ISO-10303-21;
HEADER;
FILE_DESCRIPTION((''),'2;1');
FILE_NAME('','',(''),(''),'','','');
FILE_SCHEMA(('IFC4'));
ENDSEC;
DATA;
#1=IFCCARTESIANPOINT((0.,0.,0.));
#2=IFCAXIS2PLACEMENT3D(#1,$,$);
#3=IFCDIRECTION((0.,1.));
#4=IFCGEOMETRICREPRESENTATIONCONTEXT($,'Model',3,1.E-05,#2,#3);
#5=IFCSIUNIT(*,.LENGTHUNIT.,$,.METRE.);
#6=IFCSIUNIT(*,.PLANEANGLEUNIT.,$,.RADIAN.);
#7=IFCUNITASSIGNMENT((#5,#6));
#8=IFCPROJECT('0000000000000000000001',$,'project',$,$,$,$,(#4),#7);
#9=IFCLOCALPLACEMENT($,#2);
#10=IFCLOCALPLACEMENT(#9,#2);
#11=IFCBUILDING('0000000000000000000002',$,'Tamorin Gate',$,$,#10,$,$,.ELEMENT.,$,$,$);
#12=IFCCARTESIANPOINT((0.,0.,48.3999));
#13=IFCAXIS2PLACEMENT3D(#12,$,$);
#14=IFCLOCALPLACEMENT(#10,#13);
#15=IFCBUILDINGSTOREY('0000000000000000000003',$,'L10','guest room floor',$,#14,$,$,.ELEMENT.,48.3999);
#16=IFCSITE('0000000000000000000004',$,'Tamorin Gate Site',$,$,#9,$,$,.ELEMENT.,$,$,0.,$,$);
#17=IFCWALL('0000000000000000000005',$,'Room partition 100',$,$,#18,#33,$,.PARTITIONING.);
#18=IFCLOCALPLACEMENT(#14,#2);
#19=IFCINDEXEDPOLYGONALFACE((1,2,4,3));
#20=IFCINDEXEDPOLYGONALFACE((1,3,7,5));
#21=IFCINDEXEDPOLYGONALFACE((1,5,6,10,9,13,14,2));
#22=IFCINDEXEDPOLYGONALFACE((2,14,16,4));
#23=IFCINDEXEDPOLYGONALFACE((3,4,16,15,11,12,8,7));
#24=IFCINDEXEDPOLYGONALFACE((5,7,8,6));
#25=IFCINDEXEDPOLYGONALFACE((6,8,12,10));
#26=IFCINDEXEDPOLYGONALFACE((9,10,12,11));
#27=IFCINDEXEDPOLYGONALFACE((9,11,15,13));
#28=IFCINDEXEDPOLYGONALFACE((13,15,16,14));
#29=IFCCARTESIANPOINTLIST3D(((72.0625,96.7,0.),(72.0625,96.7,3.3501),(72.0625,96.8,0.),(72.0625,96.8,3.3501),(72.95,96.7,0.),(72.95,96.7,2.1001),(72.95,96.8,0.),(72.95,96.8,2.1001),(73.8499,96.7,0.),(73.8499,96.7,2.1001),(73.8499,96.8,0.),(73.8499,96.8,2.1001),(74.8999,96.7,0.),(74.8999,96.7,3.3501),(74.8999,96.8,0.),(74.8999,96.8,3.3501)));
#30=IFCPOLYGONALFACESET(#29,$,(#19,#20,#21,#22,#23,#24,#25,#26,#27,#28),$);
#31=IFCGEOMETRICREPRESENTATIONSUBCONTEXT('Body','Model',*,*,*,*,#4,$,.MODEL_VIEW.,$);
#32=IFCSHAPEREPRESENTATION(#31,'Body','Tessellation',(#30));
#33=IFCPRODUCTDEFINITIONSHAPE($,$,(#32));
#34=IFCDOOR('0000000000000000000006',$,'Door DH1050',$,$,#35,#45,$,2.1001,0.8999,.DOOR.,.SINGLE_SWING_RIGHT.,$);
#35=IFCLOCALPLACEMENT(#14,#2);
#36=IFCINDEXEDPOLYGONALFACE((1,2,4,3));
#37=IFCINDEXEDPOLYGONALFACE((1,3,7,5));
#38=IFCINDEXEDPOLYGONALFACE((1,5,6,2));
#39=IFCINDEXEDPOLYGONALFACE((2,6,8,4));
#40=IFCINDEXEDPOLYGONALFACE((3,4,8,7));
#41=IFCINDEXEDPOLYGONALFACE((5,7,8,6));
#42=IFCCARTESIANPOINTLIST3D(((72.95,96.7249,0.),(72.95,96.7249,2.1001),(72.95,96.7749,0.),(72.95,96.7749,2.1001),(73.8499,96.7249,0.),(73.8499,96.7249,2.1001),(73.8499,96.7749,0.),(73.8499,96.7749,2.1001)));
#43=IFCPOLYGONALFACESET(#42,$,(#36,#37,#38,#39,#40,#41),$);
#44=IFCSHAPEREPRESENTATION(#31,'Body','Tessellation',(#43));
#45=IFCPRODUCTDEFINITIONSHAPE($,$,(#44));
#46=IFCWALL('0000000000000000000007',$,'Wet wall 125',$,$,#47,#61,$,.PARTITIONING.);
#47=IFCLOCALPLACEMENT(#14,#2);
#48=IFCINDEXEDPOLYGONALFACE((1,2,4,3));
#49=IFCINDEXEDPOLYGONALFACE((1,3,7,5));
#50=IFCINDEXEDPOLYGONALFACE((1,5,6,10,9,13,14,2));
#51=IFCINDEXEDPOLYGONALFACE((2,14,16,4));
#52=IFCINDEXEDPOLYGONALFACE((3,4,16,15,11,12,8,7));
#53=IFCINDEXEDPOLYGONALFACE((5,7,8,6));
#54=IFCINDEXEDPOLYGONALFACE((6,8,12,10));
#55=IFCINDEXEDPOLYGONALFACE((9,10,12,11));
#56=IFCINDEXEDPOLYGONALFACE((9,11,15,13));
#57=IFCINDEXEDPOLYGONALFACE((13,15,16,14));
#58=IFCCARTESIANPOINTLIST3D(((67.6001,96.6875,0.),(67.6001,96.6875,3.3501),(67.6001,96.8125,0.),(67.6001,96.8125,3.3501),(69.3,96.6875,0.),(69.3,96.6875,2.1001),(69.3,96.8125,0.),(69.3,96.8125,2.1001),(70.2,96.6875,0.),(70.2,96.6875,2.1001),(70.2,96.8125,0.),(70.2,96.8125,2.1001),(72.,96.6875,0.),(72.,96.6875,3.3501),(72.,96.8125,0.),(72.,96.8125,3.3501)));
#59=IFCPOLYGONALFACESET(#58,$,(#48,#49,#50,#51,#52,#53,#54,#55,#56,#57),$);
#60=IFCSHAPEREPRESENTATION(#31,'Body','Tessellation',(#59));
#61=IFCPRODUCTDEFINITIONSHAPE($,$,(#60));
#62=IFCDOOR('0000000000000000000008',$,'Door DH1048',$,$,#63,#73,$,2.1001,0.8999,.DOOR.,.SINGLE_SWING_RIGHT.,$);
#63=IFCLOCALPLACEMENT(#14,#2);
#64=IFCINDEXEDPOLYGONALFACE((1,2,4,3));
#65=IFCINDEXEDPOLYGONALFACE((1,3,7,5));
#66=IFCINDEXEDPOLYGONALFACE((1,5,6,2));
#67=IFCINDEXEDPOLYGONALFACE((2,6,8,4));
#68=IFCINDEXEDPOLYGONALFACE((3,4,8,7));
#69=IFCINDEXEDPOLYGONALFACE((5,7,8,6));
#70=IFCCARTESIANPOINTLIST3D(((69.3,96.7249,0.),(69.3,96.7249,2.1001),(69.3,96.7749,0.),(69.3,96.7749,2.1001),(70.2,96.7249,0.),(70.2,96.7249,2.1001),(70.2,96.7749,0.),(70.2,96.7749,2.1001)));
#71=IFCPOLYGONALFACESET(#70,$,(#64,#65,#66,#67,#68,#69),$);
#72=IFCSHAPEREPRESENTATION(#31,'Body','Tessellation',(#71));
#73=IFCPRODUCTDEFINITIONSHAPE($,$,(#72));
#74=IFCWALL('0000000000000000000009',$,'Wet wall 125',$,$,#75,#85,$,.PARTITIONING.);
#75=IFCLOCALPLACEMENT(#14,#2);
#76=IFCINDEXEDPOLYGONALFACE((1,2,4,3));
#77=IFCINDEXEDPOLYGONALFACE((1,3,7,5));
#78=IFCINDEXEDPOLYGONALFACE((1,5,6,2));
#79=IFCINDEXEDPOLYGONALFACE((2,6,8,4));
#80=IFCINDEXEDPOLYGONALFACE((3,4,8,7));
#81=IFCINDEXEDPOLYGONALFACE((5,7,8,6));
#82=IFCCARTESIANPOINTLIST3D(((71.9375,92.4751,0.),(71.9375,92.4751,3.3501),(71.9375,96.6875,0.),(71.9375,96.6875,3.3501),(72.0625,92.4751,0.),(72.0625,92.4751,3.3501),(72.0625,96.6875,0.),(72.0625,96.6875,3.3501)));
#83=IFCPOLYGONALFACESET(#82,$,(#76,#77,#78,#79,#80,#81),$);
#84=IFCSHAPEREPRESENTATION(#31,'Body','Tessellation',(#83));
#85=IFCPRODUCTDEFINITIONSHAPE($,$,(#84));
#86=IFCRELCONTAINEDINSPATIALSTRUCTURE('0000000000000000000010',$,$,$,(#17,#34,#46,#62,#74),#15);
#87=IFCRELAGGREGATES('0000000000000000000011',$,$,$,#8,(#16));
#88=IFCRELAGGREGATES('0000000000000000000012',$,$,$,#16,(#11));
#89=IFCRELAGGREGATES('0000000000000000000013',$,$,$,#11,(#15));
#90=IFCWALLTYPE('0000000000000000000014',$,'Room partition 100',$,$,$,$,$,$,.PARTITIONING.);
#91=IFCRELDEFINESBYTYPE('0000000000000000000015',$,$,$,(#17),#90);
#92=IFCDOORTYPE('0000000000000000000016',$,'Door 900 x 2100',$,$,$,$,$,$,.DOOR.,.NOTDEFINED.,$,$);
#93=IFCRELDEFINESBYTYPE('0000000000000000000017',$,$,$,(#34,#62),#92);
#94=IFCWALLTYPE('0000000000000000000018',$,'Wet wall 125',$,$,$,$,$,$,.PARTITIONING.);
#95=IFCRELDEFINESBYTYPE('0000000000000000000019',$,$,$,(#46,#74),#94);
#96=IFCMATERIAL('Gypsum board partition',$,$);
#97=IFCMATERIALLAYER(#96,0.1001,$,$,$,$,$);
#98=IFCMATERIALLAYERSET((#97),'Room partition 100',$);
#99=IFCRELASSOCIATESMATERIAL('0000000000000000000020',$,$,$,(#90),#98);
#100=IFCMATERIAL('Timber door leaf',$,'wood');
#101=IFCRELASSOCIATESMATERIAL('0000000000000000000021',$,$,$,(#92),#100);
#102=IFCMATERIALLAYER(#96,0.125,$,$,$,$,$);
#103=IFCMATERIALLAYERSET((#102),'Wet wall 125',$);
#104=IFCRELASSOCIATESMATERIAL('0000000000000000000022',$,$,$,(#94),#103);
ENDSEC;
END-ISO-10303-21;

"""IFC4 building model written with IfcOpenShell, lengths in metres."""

from ifc_helpers import new_model, si_unit, direction, frame, frame_2d, origin, place, context, subcontext, project, spatial, rectangle, extrude, material, layer, layer_set, type_object, element, fill, save


model = new_model("IFC4")

# Units and contexts
model_context = context("Model", 3, precision=1e-05, world=origin(), true_north=direction((0.0, 1.0)))
body_context = subcontext(model_context, "Body", "Model", "MODEL_VIEW")
ifc_project = project(units=[si_unit("LENGTHUNIT", "METRE"), si_unit("PLANEANGLEUNIT", "RADIAN")], contexts=[model_context])

# Site, building, storey
site_placement = place(None, origin())
site = spatial("IfcSite", under=ifc_project, at=site_placement, Name="Tamorin Gate Site", CompositionType="ELEMENT", RefElevation=0.0)
building_placement = place(site_placement, origin())
building = spatial("IfcBuilding", under=site, at=building_placement, Name="Tamorin Gate", CompositionType="ELEMENT")
storey_placement = place(building_placement, frame((0.0, 0.0, 48.3999)))
storey = spatial("IfcBuildingStorey", under=building, at=storey_placement, Name="L10", Description="guest room floor", CompositionType="ELEMENT", Elevation=48.3999)

# Shared definitions
ifc_material_1 = material(Name="Gypsum board partition")

# Walls, openings, doors
ifc_layer_1 = layer(ifc_material_1, 0.1001)
ifc_layer_set_1 = layer_set([ifc_layer_1], Name="Room partition 100")
wall_type_1 = type_object("IfcWallType", Name="Room partition 100", PredefinedType="PARTITIONING", material=ifc_layer_set_1)
wall_1_placement = place(storey_placement, frame((72.0625, 96.75, 0.0), z_axis=(0.0, 0.0, 1.0), x_axis=(1.0, 0.0, 0.0)))
wall_1 = element("IfcWall", 1, at=wall_1_placement, inside=storey, type_object=wall_type_1, Name="Room partition 100", PredefinedType="PARTITIONING", context=body_context, shape_type="SweptSolid", body=[
    extrude(rectangle(XDim=2.8374, YDim=0.1001, at=frame_2d((1.4187, 0.0))), origin(), (0.0, 0.0, 1.0), 3.3501),
])
opening_1_placement = place(wall_1_placement, frame((0.8875, 0.0, 0.0)))
opening_1 = element("IfcOpeningElement", 2, at=opening_1_placement, cuts=wall_1, PredefinedType="OPENING", context=body_context, shape_type="SweptSolid", body=[
    extrude(rectangle(XDim=0.8999, YDim=2.1001, at=frame_2d((0.45, 1.05))), frame((0.0, 0.0601, 0.0), z_axis=(0.0, -1.0, 0.0), x_axis=(1.0, 0.0, 0.0)), (0.0, 0.0, 1.0), 0.1201),
])
ifc_material_2 = material(Name="Timber door leaf", Category="wood")
door_type = type_object("IfcDoorType", Name="Door 900 x 2100", OperationType="NOTDEFINED", PredefinedType="DOOR", material=ifc_material_2)
door_1_placement = place(opening_1_placement, origin())
door_1 = element("IfcDoor", 3, at=door_1_placement, inside=storey, type_object=door_type, Name="Door DH1050", OperationType="SINGLE_SWING_RIGHT", OverallHeight=2.1001, OverallWidth=0.8999, PredefinedType="DOOR", context=body_context, shape_type="SweptSolid", body=[
    extrude(rectangle(XDim=0.8999, YDim=2.1001, at=frame_2d((0.45, 1.05))), frame((0.0, 0.0249, 0.0), z_axis=(0.0, -1.0, 0.0), x_axis=(1.0, 0.0, 0.0)), (0.0, 0.0, 1.0), 0.05),
])
fill(opening_1, door_1)
ifc_layer_2 = layer(ifc_material_1, 0.125)
ifc_layer_set_2 = layer_set([ifc_layer_2], Name="Wet wall 125")
wall_type_2 = type_object("IfcWallType", Name="Wet wall 125", PredefinedType="PARTITIONING", material=ifc_layer_set_2)
wall_2_placement = place(storey_placement, frame((67.6001, 96.75, 0.0), z_axis=(0.0, 0.0, 1.0), x_axis=(1.0, 0.0, 0.0)))
wall_2 = element("IfcWall", 4, at=wall_2_placement, inside=storey, type_object=wall_type_2, Name="Wet wall 125", PredefinedType="PARTITIONING", context=body_context, shape_type="SweptSolid", body=[
    extrude(rectangle(XDim=4.3999, YDim=0.125, at=frame_2d((2.2, 0.0))), origin(), (0.0, 0.0, 1.0), 3.3501),
])
opening_2_placement = place(wall_2_placement, frame((1.7, 0.0, 0.0)))
opening_2 = element("IfcOpeningElement", 5, at=opening_2_placement, cuts=wall_2, PredefinedType="OPENING", context=body_context, shape_type="SweptSolid", body=[
    extrude(rectangle(XDim=0.8999, YDim=2.1001, at=frame_2d((0.45, 1.05))), frame((0.0, 0.0725, 0.0), z_axis=(0.0, -1.0, 0.0), x_axis=(1.0, 0.0, 0.0)), (0.0, 0.0, 1.0), 0.145),
])
door_2_placement = place(opening_2_placement, origin())
door_2 = element("IfcDoor", 6, at=door_2_placement, inside=storey, type_object=door_type, Name="Door DH1048", OperationType="SINGLE_SWING_RIGHT", OverallHeight=2.1001, OverallWidth=0.8999, PredefinedType="DOOR", context=body_context, shape_type="SweptSolid", body=[
    extrude(rectangle(XDim=0.8999, YDim=2.1001, at=frame_2d((0.45, 1.05))), frame((0.0, 0.0249, 0.0), z_axis=(0.0, -1.0, 0.0), x_axis=(1.0, 0.0, 0.0)), (0.0, 0.0, 1.0), 0.05),
])
fill(opening_2, door_2)

# Wall
wall_3_placement = place(storey_placement, frame((72.0, 92.4751, 0.0), z_axis=(0.0, 0.0, 1.0), x_axis=(0.0, 1.0, 0.0)))
element("IfcWall", 7, at=wall_3_placement, inside=storey, type_object=wall_type_2, Name="Wet wall 125", PredefinedType="PARTITIONING", context=body_context, shape_type="SweptSolid", body=[
    extrude(rectangle(XDim=4.2124, YDim=0.125, at=frame_2d((2.1062, 0.0))), origin(), (0.0, 0.0, 1.0), 3.3501),
])

save(model, "model.ifc")
